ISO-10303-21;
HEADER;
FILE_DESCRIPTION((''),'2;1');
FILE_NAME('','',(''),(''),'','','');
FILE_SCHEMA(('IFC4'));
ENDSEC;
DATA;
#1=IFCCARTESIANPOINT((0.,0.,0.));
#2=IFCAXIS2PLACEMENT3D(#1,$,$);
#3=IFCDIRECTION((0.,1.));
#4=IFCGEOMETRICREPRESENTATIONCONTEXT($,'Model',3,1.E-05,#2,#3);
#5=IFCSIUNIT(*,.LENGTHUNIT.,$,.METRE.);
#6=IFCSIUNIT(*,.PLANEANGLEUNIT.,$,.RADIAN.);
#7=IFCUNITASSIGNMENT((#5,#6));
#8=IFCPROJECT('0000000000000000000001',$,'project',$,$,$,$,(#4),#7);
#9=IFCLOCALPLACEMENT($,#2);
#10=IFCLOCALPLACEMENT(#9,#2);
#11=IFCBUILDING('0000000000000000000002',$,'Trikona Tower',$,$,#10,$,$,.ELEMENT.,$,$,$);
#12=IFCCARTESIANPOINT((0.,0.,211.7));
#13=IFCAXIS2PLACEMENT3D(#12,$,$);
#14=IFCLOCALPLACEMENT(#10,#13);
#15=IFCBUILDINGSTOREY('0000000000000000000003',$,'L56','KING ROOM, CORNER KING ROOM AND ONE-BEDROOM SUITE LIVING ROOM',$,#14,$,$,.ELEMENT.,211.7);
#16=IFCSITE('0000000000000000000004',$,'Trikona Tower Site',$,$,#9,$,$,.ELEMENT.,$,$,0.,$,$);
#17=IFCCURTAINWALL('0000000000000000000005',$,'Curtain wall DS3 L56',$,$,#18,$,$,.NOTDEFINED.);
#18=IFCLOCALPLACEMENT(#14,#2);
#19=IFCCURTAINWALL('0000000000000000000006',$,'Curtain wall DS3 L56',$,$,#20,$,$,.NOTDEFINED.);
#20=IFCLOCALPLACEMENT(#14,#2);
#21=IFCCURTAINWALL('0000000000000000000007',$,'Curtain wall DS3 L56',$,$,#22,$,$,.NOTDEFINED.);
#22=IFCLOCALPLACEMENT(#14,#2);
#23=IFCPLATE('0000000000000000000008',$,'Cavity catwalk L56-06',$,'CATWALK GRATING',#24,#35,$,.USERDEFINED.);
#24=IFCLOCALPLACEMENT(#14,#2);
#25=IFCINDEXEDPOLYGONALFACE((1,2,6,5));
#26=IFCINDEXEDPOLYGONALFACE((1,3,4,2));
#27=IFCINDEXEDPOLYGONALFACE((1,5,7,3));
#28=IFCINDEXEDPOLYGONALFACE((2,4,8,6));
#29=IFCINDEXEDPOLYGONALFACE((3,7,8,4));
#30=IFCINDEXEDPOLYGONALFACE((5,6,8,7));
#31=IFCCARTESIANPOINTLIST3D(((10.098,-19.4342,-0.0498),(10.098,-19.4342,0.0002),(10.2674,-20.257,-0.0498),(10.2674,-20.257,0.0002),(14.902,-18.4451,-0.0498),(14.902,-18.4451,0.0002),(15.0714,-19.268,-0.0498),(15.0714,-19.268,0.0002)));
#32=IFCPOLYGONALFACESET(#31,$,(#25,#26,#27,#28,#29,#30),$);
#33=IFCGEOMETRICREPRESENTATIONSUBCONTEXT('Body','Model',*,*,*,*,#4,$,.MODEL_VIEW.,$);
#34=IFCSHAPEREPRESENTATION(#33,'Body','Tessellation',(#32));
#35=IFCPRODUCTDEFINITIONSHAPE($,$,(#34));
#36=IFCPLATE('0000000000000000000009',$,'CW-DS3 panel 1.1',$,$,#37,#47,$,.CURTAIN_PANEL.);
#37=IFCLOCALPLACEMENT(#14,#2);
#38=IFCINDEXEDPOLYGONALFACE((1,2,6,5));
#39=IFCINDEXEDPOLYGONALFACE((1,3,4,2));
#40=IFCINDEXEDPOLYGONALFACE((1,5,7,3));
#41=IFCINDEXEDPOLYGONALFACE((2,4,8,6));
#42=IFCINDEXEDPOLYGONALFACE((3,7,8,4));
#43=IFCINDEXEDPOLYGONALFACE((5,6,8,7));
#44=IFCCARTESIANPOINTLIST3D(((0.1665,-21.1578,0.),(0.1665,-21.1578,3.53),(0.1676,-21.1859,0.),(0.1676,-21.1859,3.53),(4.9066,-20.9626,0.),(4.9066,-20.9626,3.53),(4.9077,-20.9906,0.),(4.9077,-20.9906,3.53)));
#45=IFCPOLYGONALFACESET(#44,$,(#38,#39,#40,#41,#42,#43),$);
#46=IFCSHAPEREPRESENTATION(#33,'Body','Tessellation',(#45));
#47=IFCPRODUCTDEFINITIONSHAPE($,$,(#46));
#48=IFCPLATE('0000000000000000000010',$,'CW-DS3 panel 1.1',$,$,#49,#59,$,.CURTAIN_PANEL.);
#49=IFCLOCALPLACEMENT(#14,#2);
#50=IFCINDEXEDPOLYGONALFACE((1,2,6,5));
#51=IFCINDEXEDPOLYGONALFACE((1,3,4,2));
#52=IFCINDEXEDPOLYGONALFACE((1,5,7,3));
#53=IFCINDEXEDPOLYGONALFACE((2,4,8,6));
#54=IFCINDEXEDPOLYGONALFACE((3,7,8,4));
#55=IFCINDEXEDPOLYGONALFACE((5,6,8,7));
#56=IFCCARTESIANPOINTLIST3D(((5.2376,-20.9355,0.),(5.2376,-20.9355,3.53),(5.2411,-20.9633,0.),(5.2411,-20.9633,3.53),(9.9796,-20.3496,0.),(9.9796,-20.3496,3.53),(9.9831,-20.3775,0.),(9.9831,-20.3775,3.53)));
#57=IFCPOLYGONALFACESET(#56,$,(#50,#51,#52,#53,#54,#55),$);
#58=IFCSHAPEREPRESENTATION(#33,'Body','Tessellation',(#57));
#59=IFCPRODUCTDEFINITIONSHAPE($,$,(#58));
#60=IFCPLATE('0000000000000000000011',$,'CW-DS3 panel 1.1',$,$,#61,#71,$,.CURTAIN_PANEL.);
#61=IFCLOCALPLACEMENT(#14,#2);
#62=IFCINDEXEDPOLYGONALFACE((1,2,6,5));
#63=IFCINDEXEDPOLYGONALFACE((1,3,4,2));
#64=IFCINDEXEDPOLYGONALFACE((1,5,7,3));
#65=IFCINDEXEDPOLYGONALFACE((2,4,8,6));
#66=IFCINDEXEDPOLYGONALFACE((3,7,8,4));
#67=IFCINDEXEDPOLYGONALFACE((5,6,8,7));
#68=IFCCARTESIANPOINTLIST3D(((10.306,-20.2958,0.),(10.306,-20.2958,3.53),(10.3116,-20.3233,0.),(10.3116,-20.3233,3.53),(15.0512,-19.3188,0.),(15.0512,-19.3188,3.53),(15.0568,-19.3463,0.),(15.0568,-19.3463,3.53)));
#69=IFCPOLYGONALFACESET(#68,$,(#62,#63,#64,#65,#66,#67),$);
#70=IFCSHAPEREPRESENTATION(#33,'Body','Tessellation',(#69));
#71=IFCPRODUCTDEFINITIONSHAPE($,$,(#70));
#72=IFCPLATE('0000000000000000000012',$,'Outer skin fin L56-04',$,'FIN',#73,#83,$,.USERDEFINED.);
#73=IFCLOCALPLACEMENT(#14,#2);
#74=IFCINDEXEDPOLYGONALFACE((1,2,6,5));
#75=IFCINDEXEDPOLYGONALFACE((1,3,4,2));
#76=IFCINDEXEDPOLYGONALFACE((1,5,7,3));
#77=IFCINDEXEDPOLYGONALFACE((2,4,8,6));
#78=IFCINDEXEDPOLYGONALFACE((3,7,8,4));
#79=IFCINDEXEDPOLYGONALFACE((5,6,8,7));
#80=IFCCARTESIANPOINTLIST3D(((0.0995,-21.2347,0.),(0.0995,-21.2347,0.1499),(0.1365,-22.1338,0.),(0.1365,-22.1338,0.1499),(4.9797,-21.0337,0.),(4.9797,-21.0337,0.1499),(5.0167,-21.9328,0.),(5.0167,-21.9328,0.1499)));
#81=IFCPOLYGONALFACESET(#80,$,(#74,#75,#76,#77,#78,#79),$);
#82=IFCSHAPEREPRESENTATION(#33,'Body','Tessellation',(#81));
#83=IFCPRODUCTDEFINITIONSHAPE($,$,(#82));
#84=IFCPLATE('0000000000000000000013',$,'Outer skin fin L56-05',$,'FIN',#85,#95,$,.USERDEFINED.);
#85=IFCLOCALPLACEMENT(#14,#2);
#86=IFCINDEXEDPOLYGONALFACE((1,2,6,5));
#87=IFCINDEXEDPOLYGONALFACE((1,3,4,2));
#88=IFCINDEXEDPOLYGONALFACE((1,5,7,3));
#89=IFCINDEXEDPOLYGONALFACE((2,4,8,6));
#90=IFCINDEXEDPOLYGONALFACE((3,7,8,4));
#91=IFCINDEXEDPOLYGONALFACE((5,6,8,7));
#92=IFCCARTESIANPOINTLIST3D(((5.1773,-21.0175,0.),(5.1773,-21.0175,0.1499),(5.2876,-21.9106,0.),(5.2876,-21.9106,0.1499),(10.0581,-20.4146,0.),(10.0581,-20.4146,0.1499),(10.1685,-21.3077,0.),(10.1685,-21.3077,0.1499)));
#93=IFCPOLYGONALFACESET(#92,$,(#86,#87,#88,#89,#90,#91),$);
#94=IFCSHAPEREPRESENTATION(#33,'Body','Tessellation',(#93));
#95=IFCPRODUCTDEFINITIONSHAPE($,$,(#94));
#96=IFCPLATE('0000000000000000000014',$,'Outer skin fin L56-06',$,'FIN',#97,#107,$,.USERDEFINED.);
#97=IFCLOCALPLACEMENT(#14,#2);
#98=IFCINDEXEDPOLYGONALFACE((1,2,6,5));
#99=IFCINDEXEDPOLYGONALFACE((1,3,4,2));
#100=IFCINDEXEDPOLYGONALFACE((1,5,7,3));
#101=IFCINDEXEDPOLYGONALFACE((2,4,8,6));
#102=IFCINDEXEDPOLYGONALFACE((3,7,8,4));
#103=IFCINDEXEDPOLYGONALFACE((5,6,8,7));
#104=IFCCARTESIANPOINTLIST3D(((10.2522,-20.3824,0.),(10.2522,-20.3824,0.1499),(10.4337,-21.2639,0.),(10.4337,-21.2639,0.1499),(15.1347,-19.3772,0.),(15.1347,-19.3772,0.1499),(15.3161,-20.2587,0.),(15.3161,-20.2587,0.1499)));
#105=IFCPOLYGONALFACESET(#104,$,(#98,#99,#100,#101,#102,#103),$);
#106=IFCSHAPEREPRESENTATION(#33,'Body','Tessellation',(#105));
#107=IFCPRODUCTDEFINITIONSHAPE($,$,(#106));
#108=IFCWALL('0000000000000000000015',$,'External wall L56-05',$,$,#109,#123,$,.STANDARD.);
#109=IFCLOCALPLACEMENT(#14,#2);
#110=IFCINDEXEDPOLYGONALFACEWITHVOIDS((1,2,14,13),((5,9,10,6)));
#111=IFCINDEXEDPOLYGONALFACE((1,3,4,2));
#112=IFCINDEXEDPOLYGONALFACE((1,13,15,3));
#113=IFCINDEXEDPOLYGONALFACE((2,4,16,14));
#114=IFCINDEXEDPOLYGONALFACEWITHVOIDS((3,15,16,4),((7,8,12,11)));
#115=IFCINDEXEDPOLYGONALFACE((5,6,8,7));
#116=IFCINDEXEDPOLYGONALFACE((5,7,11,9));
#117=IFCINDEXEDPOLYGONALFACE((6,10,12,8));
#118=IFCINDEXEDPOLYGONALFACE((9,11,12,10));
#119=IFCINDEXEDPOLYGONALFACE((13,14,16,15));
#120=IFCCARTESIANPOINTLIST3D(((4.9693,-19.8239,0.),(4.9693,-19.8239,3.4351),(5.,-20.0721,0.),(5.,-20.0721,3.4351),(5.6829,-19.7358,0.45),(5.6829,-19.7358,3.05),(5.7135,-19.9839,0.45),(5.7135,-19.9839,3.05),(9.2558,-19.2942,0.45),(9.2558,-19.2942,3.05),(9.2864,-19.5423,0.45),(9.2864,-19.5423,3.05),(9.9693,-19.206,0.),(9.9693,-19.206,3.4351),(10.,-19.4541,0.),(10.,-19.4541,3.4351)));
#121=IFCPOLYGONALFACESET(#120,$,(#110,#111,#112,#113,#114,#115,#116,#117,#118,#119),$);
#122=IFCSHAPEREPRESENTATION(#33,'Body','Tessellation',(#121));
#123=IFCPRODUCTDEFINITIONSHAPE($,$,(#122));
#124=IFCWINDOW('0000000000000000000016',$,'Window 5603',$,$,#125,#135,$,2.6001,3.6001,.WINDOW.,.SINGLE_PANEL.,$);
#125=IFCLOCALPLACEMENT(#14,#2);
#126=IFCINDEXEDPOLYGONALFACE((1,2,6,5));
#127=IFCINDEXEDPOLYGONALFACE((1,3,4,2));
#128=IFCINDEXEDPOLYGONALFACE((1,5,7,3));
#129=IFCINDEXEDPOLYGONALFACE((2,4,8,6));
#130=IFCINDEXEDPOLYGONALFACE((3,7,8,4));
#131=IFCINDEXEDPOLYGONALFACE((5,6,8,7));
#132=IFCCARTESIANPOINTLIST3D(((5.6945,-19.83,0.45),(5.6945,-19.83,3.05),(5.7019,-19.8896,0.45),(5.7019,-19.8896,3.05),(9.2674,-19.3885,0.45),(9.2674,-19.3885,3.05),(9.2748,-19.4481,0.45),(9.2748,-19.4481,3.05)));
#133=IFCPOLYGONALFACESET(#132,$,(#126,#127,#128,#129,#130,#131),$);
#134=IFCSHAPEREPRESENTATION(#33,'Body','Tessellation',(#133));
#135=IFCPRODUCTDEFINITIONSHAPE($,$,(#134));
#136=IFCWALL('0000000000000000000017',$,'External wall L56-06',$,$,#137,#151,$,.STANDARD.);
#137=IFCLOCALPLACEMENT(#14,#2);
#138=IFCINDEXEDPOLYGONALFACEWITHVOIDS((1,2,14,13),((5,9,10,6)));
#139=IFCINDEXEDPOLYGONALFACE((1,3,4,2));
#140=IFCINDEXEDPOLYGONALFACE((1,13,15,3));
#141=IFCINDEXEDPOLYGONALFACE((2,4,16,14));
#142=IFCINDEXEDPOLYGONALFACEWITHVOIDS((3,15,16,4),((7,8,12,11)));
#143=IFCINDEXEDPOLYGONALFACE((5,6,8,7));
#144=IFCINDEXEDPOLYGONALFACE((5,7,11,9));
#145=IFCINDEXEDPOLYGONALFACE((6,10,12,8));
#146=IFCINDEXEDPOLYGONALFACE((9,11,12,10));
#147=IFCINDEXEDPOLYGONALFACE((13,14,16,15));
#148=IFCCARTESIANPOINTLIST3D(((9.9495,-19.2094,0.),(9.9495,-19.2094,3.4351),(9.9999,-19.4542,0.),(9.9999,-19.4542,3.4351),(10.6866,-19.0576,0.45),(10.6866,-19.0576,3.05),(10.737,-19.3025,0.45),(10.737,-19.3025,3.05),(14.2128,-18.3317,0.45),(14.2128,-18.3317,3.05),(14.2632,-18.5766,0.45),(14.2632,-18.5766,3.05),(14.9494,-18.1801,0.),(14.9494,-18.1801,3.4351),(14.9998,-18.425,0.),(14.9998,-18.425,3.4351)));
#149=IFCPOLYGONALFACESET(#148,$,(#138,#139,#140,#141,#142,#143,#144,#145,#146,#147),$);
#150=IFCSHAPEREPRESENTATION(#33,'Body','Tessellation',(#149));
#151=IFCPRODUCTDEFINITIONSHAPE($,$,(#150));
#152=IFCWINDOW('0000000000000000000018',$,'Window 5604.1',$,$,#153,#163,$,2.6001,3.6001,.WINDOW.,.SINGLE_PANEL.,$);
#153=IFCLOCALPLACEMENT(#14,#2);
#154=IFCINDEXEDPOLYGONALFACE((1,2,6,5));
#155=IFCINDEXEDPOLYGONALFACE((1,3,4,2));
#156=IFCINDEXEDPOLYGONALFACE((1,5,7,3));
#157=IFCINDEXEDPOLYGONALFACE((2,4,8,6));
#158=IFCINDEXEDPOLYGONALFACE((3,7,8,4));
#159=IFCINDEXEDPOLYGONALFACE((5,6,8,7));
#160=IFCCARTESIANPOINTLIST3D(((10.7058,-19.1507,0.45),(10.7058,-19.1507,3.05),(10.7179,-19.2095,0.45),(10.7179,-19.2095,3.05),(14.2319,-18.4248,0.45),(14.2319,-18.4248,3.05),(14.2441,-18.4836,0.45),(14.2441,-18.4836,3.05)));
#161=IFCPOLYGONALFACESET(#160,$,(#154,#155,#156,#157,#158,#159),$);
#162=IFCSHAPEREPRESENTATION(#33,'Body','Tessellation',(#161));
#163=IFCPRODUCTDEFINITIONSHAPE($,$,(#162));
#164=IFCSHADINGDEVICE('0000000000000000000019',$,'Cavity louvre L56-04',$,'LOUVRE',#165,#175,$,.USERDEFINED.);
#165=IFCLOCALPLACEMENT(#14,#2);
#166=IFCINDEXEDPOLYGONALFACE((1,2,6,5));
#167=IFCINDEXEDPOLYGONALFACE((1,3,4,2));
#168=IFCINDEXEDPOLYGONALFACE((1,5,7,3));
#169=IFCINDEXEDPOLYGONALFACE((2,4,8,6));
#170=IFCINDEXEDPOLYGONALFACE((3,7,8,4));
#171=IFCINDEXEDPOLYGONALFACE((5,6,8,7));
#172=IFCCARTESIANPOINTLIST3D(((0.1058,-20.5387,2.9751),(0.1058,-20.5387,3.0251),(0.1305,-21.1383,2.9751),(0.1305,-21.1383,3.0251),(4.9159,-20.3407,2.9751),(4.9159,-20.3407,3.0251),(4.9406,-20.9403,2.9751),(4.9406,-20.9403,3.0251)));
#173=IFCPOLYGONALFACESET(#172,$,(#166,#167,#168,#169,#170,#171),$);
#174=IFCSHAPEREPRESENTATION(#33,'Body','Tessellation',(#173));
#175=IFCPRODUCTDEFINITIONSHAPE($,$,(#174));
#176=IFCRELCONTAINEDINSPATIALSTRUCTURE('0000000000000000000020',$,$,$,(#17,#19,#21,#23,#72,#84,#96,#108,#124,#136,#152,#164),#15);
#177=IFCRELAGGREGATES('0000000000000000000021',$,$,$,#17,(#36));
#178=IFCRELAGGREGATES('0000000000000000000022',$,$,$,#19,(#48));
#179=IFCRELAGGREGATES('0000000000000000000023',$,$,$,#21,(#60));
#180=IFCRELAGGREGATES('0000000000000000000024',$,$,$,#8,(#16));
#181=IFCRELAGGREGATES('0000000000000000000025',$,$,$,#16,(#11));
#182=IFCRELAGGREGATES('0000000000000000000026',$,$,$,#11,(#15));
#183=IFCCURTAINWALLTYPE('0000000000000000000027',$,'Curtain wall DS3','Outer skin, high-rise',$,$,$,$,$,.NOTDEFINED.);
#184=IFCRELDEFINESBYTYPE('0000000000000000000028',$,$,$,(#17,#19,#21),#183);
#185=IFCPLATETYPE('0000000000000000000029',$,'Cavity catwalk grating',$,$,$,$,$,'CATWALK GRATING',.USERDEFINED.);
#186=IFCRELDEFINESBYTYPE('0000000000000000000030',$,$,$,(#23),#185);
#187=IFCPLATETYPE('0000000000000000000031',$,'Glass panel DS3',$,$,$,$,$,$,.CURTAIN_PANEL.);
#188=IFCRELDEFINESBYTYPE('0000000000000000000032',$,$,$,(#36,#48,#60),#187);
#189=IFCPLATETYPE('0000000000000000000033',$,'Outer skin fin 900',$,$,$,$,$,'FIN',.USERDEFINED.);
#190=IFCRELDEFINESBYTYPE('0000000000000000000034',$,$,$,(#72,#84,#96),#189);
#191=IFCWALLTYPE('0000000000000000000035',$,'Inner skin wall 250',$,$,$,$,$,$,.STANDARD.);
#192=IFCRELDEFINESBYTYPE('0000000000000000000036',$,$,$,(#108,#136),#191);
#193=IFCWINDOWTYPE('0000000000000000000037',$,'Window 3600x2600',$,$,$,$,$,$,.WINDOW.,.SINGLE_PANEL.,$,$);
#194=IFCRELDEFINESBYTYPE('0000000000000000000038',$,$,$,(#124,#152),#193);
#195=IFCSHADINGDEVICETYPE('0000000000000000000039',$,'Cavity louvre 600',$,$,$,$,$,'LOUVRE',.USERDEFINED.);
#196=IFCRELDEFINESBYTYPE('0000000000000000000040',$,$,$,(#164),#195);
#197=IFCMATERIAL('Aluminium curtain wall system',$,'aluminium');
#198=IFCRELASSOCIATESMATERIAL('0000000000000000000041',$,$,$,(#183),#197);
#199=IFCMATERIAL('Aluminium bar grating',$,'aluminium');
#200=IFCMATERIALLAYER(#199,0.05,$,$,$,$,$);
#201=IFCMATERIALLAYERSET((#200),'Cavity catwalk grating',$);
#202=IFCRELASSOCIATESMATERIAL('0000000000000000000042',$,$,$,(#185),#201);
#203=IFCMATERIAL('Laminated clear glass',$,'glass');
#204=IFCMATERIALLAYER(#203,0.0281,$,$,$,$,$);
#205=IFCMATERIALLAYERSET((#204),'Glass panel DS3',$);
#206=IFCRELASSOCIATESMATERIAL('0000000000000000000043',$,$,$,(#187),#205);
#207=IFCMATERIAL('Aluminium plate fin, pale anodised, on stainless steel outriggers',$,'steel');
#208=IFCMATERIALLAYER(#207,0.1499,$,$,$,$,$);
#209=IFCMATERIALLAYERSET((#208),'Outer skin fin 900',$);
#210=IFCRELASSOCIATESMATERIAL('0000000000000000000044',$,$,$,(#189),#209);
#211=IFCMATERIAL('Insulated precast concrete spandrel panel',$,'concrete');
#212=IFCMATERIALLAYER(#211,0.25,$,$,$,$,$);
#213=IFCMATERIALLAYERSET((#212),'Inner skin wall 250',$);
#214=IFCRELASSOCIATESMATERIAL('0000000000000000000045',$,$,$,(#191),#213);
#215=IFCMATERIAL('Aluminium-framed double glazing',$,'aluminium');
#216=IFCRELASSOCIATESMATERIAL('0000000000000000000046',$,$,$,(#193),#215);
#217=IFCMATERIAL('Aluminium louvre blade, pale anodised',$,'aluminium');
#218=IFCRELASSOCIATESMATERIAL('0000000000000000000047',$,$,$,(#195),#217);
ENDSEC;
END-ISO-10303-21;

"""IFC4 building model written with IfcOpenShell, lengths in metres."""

from ifc_helpers import new_model, si_unit, direction, frame, frame_2d, origin, origin_2d, place, context, subcontext, project, spatial, rectangle, extrude, material, layer, layer_set, type_object, element, fill, aggregate, save


model = new_model("IFC4")

# Units and contexts
model_context = context("Model", 3, precision=1e-05, world=origin(), true_north=direction((0.0, 1.0)))
body_context = subcontext(model_context, "Body", "Model", "MODEL_VIEW")
ifc_project = project(units=[si_unit("LENGTHUNIT", "METRE"), si_unit("PLANEANGLEUNIT", "RADIAN")], contexts=[model_context])

# Site, building, storey
site_placement = place(None, origin())
site = spatial("IfcSite", under=ifc_project, at=site_placement, Name="Trikona Tower Site", CompositionType="ELEMENT", RefElevation=0.0)
building_placement = place(site_placement, origin())
building = spatial("IfcBuilding", under=site, at=building_placement, Name="Trikona Tower", CompositionType="ELEMENT")
storey_placement = place(building_placement, frame((0.0, 0.0, 211.7)))
storey = spatial("IfcBuildingStorey", under=building, at=storey_placement, Name="L56", Description="KING ROOM, CORNER KING ROOM AND ONE-BEDROOM SUITE LIVING ROOM", CompositionType="ELEMENT", Elevation=211.7)

# Curtain walls
ifc_material_1 = material(Name="Aluminium curtain wall system", Category="aluminium")
curtain_wall_type = type_object("IfcCurtainWallType", Name="Curtain wall DS3", Description="Outer skin, high-rise", PredefinedType="NOTDEFINED", material=ifc_material_1)
curtain_wall_1_placement = place(storey_placement, origin())
curtain_wall_1 = element("IfcCurtainWall", 1, at=curtain_wall_1_placement, inside=storey, type_object=curtain_wall_type, Name="Curtain wall DS3 L56", PredefinedType="NOTDEFINED")
curtain_wall_2_placement = place(storey_placement, origin())
curtain_wall_2 = element("IfcCurtainWall", 2, at=curtain_wall_2_placement, inside=storey, type_object=curtain_wall_type, Name="Curtain wall DS3 L56", PredefinedType="NOTDEFINED")

# Curtain wall
curtain_wall_3_placement = place(storey_placement, origin())
curtain_wall_3 = element("IfcCurtainWall", 3, at=curtain_wall_3_placement, inside=storey, type_object=curtain_wall_type, Name="Curtain wall DS3 L56", PredefinedType="NOTDEFINED")

# Plate
ifc_material_2 = material(Name="Aluminium bar grating", Category="aluminium")
ifc_layer_1 = layer(ifc_material_2, 0.05)
ifc_layer_set_1 = layer_set([ifc_layer_1], Name="Cavity catwalk grating")
plate_type_1 = type_object("IfcPlateType", Name="Cavity catwalk grating", ElementType="CATWALK GRATING", PredefinedType="USERDEFINED", material=ifc_layer_set_1)
plate_1_placement = place(storey_placement, frame((12.5847, -19.3511, -0.0498), z_axis=(0.0, 0.0, 1.0), x_axis=(0.979458, 0.201651, 0.0)))
element("IfcPlate", 4, at=plate_1_placement, inside=storey, type_object=plate_type_1, Name="Cavity catwalk L56-06", ObjectType="CATWALK GRATING", PredefinedType="USERDEFINED", context=body_context, shape_type="SweptSolid", body=[
    extrude(rectangle(XDim=4.9048, YDim=0.8401, at=origin_2d()), origin(), (0.0, 0.0, 1.0), 0.05),
])

# Plates
ifc_material_3 = material(Name="Laminated clear glass", Category="glass")
ifc_layer_2 = layer(ifc_material_3, 0.0281)
ifc_layer_set_2 = layer_set([ifc_layer_2], Name="Glass panel DS3")
plate_type_2 = type_object("IfcPlateType", Name="Glass panel DS3", PredefinedType="CURTAIN_PANEL", material=ifc_layer_set_2)
plate_2_placement = place(storey_placement, frame((2.5371, -21.0742, 0.0), z_axis=(0.0, 0.0, 1.0), x_axis=(0.999153, 0.041153, 0.0)))
plate_2 = element("IfcPlate", 5, at=plate_2_placement, type_object=plate_type_2, Name="CW-DS3 panel 1.1", PredefinedType="CURTAIN_PANEL", context=body_context, shape_type="SweptSolid", body=[
    extrude(rectangle(XDim=4.7441, YDim=0.0281, at=origin_2d()), origin(), (0.0, 0.0, 1.0), 3.53),
])
aggregate(curtain_wall_1, [plate_2])
plate_3_placement = place(storey_placement, frame((7.6104, -20.6565, 0.0), z_axis=(0.0, 0.0, 1.0), x_axis=(0.992455, 0.122611, 0.0)))
plate_3 = element("IfcPlate", 6, at=plate_3_placement, type_object=plate_type_2, Name="CW-DS3 panel 1.1", PredefinedType="CURTAIN_PANEL", context=body_context, shape_type="SweptSolid", body=[
    extrude(rectangle(XDim=4.7781, YDim=0.0281, at=origin_2d()), origin(), (0.0, 0.0, 1.0), 3.53),
])
aggregate(curtain_wall_2, [plate_3])
plate_4_placement = place(storey_placement, frame((12.6814, -19.821, 0.0), z_axis=(0.0, 0.0, 1.0), x_axis=(0.979457, 0.201653, 0.0)))
plate_4 = element("IfcPlate", 7, at=plate_4_placement, type_object=plate_type_2, Name="CW-DS3 panel 1.1", PredefinedType="CURTAIN_PANEL", context=body_context, shape_type="SweptSolid", body=[
    extrude(rectangle(XDim=4.8447, YDim=0.0281, at=origin_2d()), origin(), (0.0, 0.0, 1.0), 3.53),
])
aggregate(curtain_wall_3, [plate_4])

# Plates
ifc_material_4 = material(Name="Aluminium plate fin, pale anodised, on stainless steel outriggers", Category="steel")
ifc_layer_3 = layer(ifc_material_4, 0.1499)
ifc_layer_set_3 = layer_set([ifc_layer_3], Name="Outer skin fin 900")
plate_type_3 = type_object("IfcPlateType", Name="Outer skin fin 900", ElementType="FIN", PredefinedType="USERDEFINED", material=ifc_layer_set_3)
plate_5_placement = place(storey_placement, frame((2.5581, -21.5837, 0.0), z_axis=(0.0, 0.0, 1.0), x_axis=(0.999153, 0.041145, 0.0)))
element("IfcPlate", 8, at=plate_5_placement, inside=storey, type_object=plate_type_3, Name="Outer skin fin L56-04", ObjectType="FIN", PredefinedType="USERDEFINED", context=body_context, shape_type="SweptSolid", body=[
    extrude(rectangle(XDim=4.8843, YDim=0.8999, at=origin_2d()), origin(), (0.0, 0.0, 1.0), 0.1499),
])
plate_6_placement = place(storey_placement, frame((7.6729, -21.1626, 0.0), z_axis=(0.0, 0.0, 1.0), x_axis=(0.992455, 0.122607, 0.0)))
element("IfcPlate", 9, at=plate_6_placement, inside=storey, type_object=plate_type_3, Name="Outer skin fin L56-05", ObjectType="FIN", PredefinedType="USERDEFINED", context=body_context, shape_type="SweptSolid", body=[
    extrude(rectangle(XDim=4.918, YDim=0.8999, at=origin_2d()), origin(), (0.0, 0.0, 1.0), 0.1499),
])
plate_7_placement = place(storey_placement, frame((12.7842, -20.3206, 0.0), z_axis=(0.0, 0.0, 1.0), x_axis=(0.979458, 0.201651, 0.0)))
element("IfcPlate", 10, at=plate_7_placement, inside=storey, type_object=plate_type_3, Name="Outer skin fin L56-06", ObjectType="FIN", PredefinedType="USERDEFINED", context=body_context, shape_type="SweptSolid", body=[
    extrude(rectangle(XDim=4.9849, YDim=0.8999, at=origin_2d()), origin(), (0.0, 0.0, 1.0), 0.1499),
])

# Walls, openings, windows
ifc_material_5 = material(Name="Insulated precast concrete spandrel panel", Category="concrete")
ifc_layer_4 = layer(ifc_material_5, 0.25)
ifc_layer_set_4 = layer_set([ifc_layer_4], Name="Inner skin wall 250")
wall_type = type_object("IfcWallType", Name="Inner skin wall 250", PredefinedType="STANDARD", material=ifc_layer_set_4)
wall_1_placement = place(storey_placement, frame((4.9846, -19.948, 0.0), z_axis=(0.0, 0.0, 1.0), x_axis=(0.99245, 0.122651, 0.0)))
wall_1 = element("IfcWall", 11, at=wall_1_placement, inside=storey, type_object=wall_type, Name="External wall L56-05", PredefinedType="STANDARD", context=body_context, shape_type="SweptSolid", body=[
    extrude(rectangle(XDim=5.0381, YDim=0.25, at=frame_2d((2.519, 0.0))), origin(), (0.0, 0.0, 1.0), 3.4351),
])
opening_1_placement = place(wall_1_placement, frame((0.719, 0.0, 0.45)))
opening_1 = element("IfcOpeningElement", 12, at=opening_1_placement, cuts=wall_1, PredefinedType="OPENING", context=body_context, shape_type="SweptSolid", body=[
    extrude(rectangle(XDim=3.6001, YDim=2.6001, at=frame_2d((1.8, 1.3))), frame((0.0, 0.135, 0.0), z_axis=(0.0, -1.0, 0.0), x_axis=(1.0, 0.0, 0.0)), (0.0, 0.0, 1.0), 0.27),
])
ifc_material_6 = material(Name="Aluminium-framed double glazing", Category="aluminium")
window_type = type_object("IfcWindowType", Name="Window 3600x2600", PartitioningType="SINGLE_PANEL", PredefinedType="WINDOW", material=ifc_material_6)
window_1_placement = place(opening_1_placement, origin())
window_1 = element("IfcWindow", 13, at=window_1_placement, inside=storey, type_object=window_type, Name="Window 5603", OverallHeight=2.6001, OverallWidth=3.6001, PartitioningType="SINGLE_PANEL", PredefinedType="WINDOW", context=body_context, shape_type="SweptSolid", body=[
    extrude(rectangle(XDim=3.6001, YDim=2.6001, at=frame_2d((1.8, 1.3))), frame((0.0, 0.03, 0.0), z_axis=(0.0, -1.0, 0.0), x_axis=(1.0, 0.0, 0.0)), (0.0, 0.0, 1.0), 0.0601),
])
fill(opening_1, window_1)
wall_2_placement = place(storey_placement, frame((9.9749, -19.3318, 0.0), z_axis=(0.0, 0.0, 1.0), x_axis=(0.979461, 0.201631, 0.0)))
wall_2 = element("IfcWall", 14, at=wall_2_placement, inside=storey, type_object=wall_type, Name="External wall L56-06", PredefinedType="STANDARD", context=body_context, shape_type="SweptSolid", body=[
    extrude(rectangle(XDim=5.1047, YDim=0.25, at=frame_2d((2.5522, 0.0))), origin(), (0.0, 0.0, 1.0), 3.4351),
])
opening_2_placement = place(wall_2_placement, frame((0.7524, 0.0, 0.45)))
opening_2 = element("IfcOpeningElement", 15, at=opening_2_placement, cuts=wall_2, PredefinedType="OPENING", context=body_context, shape_type="SweptSolid", body=[
    extrude(rectangle(XDim=3.6001, YDim=2.6001, at=frame_2d((1.8, 1.3))), frame((0.0, 0.135, 0.0), z_axis=(0.0, -1.0, 0.0), x_axis=(1.0, 0.0, 0.0)), (0.0, 0.0, 1.0), 0.27),
])
window_2_placement = place(opening_2_placement, origin())
window_2 = element("IfcWindow", 16, at=window_2_placement, inside=storey, type_object=window_type, Name="Window 5604.1", OverallHeight=2.6001, OverallWidth=3.6001, PartitioningType="SINGLE_PANEL", PredefinedType="WINDOW", context=body_context, shape_type="SweptSolid", body=[
    extrude(rectangle(XDim=3.6001, YDim=2.6001, at=frame_2d((1.8, 1.3))), frame((0.0, 0.03, 0.0), z_axis=(0.0, -1.0, 0.0), x_axis=(1.0, 0.0, 0.0)), (0.0, 0.0, 1.0), 0.0601),
])
fill(opening_2, window_2)

# Shading device
ifc_material_7 = material(Name="Aluminium louvre blade, pale anodised", Category="aluminium")
shading_device_type = type_object("IfcShadingDeviceType", Name="Cavity louvre 600", ElementType="LOUVRE", PredefinedType="USERDEFINED", material=ifc_material_7)
shading_device_1_placement = place(storey_placement, frame((2.5232, -20.7395, 2.9751), z_axis=(0.0, 0.0, 1.0), x_axis=(0.999153, 0.041145, 0.0)))
element("IfcShadingDevice", 17, at=shading_device_1_placement, inside=storey, type_object=shading_device_type, Name="Cavity louvre L56-04", ObjectType="LOUVRE", PredefinedType="USERDEFINED", context=body_context, shape_type="SweptSolid", body=[
    extrude(rectangle(XDim=4.8142, YDim=0.6001, at=origin_2d()), origin(), (0.0, 0.0, 1.0), 0.05),
])

save(model, "model.ifc")
